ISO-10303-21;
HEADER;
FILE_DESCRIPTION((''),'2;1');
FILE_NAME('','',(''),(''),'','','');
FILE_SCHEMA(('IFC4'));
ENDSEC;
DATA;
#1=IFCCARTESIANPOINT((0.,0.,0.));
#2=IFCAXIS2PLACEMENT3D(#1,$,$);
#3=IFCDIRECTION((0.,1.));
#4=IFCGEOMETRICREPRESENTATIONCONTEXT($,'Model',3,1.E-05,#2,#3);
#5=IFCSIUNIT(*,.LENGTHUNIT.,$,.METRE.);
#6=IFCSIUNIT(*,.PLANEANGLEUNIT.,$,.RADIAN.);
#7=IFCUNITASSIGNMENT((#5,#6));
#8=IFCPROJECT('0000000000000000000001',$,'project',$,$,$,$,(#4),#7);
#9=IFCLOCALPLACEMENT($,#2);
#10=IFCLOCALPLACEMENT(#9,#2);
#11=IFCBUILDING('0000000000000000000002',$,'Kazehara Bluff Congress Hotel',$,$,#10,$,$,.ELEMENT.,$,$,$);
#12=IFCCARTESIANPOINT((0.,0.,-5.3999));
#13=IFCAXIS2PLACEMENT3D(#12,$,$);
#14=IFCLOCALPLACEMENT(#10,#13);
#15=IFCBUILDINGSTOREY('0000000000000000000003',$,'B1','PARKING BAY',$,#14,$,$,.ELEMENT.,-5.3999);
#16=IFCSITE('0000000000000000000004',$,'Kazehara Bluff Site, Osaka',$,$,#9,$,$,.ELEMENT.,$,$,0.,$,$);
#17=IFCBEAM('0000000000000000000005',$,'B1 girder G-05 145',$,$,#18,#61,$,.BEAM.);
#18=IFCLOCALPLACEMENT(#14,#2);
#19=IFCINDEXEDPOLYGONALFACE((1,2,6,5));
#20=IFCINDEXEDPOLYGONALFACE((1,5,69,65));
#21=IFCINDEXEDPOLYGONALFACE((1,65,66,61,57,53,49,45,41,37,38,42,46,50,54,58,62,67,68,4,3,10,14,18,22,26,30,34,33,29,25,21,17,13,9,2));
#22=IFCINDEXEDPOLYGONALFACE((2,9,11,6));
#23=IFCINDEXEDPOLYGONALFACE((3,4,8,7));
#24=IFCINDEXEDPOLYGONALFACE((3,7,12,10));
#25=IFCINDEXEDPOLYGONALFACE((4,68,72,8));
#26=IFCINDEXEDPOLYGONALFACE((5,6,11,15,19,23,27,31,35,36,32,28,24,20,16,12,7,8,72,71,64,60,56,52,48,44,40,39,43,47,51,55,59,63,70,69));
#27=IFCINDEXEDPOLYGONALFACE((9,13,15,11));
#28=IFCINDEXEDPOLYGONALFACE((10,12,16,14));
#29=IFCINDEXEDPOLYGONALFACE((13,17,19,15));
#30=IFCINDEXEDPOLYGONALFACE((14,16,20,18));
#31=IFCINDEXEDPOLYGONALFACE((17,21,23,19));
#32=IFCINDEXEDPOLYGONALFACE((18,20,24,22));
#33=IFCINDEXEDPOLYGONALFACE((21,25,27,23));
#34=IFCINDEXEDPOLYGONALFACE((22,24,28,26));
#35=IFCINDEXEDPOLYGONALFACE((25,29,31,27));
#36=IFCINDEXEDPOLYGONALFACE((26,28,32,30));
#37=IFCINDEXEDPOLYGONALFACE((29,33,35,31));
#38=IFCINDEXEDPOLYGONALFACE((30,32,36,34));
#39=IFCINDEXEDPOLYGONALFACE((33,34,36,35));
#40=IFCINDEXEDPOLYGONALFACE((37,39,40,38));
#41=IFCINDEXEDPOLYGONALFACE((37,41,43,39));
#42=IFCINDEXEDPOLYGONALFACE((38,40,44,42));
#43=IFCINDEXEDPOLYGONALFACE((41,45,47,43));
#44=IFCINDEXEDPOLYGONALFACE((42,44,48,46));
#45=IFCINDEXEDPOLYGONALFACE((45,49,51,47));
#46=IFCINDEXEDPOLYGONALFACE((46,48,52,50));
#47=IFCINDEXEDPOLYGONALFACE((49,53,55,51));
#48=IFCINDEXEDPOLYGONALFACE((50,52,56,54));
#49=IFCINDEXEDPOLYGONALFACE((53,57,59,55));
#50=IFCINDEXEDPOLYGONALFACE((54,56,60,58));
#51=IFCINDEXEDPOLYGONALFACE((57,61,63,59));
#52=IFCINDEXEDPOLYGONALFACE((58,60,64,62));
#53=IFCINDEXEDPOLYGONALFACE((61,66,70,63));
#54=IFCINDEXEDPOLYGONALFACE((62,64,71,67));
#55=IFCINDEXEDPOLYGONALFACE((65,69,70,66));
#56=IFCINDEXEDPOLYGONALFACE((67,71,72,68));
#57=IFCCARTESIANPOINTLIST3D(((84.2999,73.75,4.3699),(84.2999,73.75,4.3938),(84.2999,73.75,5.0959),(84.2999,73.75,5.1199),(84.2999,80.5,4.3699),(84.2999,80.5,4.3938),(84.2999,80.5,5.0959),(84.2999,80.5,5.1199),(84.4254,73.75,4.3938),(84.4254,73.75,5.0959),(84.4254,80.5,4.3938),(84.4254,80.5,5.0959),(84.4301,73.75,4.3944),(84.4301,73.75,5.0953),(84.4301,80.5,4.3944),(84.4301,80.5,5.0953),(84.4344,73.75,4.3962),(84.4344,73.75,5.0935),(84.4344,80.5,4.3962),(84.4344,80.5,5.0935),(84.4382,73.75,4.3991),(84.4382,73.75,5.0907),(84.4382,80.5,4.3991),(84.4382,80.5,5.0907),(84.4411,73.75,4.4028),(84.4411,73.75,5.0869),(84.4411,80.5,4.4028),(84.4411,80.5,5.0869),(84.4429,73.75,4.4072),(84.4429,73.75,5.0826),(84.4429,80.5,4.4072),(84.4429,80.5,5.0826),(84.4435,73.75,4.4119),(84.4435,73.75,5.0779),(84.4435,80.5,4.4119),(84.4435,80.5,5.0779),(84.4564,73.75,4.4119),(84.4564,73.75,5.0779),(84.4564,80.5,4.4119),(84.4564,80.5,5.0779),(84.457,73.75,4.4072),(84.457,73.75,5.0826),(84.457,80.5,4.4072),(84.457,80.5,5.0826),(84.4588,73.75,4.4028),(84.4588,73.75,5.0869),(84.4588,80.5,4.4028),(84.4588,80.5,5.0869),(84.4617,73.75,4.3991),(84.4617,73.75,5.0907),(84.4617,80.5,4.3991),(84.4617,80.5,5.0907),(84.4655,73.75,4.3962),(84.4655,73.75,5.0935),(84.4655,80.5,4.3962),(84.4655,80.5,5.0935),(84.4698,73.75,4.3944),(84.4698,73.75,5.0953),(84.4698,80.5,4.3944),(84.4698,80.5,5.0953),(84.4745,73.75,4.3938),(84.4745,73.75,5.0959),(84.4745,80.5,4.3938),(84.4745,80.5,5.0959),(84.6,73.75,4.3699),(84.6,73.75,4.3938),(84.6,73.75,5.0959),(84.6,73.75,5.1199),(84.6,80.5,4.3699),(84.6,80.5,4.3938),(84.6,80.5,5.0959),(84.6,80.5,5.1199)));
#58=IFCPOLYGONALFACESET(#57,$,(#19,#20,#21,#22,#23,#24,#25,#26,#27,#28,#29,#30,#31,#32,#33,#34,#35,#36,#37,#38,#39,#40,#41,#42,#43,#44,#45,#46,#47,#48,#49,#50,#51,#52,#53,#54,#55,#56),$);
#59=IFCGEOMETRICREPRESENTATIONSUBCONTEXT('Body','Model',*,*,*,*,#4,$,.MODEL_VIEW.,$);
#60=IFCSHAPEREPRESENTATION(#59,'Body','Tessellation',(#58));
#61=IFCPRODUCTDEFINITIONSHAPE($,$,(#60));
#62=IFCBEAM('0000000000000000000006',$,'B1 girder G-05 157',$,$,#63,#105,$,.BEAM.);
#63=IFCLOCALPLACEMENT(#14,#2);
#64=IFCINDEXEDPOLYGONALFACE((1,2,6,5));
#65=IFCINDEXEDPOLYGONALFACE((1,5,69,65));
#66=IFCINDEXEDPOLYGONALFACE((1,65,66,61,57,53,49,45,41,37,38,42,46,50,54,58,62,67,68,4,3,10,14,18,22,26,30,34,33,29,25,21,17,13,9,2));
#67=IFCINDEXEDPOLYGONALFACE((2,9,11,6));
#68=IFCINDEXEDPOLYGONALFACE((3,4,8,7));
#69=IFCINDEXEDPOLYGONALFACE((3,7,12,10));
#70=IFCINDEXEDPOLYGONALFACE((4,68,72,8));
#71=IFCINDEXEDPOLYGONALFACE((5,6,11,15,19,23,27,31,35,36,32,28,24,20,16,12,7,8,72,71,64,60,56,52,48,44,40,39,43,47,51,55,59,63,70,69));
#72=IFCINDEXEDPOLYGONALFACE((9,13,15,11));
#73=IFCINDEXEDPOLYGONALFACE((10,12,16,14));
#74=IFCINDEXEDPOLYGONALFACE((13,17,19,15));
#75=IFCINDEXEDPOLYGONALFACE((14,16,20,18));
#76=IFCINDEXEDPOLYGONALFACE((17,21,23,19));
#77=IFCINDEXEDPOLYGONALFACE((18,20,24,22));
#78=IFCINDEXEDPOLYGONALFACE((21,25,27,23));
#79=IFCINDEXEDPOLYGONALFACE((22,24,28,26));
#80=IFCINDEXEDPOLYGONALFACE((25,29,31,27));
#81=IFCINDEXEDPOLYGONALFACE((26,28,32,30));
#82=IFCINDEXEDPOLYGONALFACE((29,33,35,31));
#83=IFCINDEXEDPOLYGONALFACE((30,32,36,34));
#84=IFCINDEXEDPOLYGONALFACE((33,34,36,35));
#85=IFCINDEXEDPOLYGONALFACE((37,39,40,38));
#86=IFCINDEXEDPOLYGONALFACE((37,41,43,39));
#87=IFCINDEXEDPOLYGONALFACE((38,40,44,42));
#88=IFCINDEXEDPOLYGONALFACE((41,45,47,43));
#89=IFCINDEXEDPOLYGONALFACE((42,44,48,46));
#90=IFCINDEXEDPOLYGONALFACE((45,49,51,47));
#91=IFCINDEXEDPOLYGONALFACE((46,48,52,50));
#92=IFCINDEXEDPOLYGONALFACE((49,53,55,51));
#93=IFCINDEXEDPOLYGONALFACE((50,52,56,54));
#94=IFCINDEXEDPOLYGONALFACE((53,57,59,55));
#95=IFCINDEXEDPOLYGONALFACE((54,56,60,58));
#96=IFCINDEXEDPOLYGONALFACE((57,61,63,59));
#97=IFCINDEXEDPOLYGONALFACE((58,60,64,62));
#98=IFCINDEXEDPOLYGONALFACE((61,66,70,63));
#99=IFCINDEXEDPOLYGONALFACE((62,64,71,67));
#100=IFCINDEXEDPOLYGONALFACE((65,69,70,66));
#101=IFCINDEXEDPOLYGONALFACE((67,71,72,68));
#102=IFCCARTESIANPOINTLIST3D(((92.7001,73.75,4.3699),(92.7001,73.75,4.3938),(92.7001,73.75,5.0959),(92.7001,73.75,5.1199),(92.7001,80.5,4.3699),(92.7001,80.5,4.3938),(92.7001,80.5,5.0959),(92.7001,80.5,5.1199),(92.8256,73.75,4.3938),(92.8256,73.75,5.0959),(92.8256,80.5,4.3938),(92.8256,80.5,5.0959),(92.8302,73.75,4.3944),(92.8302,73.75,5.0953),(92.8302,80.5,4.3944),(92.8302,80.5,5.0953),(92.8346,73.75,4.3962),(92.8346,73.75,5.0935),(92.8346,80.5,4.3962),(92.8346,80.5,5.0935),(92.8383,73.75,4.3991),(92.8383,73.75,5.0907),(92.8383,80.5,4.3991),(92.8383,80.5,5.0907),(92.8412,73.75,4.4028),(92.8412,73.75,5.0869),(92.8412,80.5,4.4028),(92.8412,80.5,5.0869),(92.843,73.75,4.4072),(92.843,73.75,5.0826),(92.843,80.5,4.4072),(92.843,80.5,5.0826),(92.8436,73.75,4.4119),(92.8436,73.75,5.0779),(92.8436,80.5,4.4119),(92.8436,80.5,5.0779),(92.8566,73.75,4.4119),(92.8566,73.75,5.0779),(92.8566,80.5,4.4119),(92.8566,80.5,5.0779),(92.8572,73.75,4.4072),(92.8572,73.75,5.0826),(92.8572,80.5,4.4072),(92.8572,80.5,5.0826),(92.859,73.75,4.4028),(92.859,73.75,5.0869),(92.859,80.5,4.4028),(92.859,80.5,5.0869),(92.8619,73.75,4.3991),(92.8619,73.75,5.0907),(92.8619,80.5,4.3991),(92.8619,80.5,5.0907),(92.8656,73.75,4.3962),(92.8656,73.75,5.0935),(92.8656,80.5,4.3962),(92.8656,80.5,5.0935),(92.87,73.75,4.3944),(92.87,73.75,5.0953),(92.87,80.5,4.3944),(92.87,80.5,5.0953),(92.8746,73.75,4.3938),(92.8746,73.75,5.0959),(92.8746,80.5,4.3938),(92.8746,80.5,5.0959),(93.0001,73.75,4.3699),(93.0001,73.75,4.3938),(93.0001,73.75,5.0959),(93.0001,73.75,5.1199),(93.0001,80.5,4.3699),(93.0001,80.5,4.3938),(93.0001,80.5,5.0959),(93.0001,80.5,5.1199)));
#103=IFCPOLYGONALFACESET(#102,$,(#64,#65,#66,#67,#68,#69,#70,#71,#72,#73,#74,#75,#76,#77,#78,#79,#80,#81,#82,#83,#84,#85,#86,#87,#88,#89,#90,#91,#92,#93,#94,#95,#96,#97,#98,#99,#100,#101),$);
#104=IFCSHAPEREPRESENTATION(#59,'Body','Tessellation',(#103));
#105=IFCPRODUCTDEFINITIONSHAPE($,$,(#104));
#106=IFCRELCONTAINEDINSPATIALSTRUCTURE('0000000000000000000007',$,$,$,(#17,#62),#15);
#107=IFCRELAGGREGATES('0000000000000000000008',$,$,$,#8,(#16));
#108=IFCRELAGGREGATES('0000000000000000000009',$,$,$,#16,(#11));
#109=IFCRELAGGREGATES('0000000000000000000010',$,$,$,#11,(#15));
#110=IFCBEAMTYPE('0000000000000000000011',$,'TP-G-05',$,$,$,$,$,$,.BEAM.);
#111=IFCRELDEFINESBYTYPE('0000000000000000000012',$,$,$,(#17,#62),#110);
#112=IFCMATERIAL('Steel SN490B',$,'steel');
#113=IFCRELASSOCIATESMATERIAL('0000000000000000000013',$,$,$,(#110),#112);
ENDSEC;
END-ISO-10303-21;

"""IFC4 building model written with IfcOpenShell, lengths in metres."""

from ifc_helpers import new_model, si_unit, direction, frame, origin, origin_2d, place, context, subcontext, project, spatial, i_section, extrude, material, material_profile, profile_set, type_object, element, save


model = new_model("IFC4")

# Units and contexts
model_context = context("Model", 3, precision=1e-05, world=origin(), true_north=direction((0.0, 1.0)))
body_context = subcontext(model_context, "Body", "Model", "MODEL_VIEW")
ifc_project = project(units=[si_unit("LENGTHUNIT", "METRE"), si_unit("PLANEANGLEUNIT", "RADIAN")], contexts=[model_context])

# Site, building, storey
site_placement = place(None, origin())
site = spatial("IfcSite", under=ifc_project, at=site_placement, Name="Kazehara Bluff Site, Osaka", CompositionType="ELEMENT", RefElevation=0.0)
building_placement = place(site_placement, origin())
building = spatial("IfcBuilding", under=site, at=building_placement, Name="Kazehara Bluff Congress Hotel", CompositionType="ELEMENT")
storey_placement = place(building_placement, frame((0.0, 0.0, -5.3999)))
storey = spatial("IfcBuildingStorey", under=building, at=storey_placement, Name="B1", Description="PARKING BAY", CompositionType="ELEMENT", Elevation=-5.3999)

# Beams
ifc_material_1 = material(Name="Steel SN490B", Category="steel")
ifc_material_profile_1 = material_profile(ifc_material_1, i_section(OverallWidth=0.3, OverallDepth=0.75, WebThickness=0.0129, FlangeThickness=0.0239, FilletRadius=0.0181, at=origin_2d()))
ifc_profile_set_1 = profile_set([ifc_material_profile_1], Name="Steel SN490B")
beam_type_1 = type_object("IfcBeamType", Name="TP-G-05", PredefinedType="BEAM", material=ifc_profile_set_1)
for number, where, z_axis, x_axis, name in (
    (1, (84.45, 73.75, 4.7449), (0.0, 1.0, 0.0), (-1.0, 0.0, 0.0), "B1 girder G-05 145"),
    (2, (92.8501, 73.75, 4.7449), (0.0, 1.0, 0.0), (-1.0, 0.0, 0.0), "B1 girder G-05 157"),
):
    element("IfcBeam", number, at=place(storey_placement, frame(where, z_axis=z_axis, x_axis=x_axis)), inside=storey, type_object=beam_type_1, Name=name, PredefinedType="BEAM", context=body_context, shape_type="SweptSolid", body=[
        extrude(i_section(OverallWidth=0.3, OverallDepth=0.75, WebThickness=0.0129, FlangeThickness=0.0239, FilletRadius=0.0181, at=origin_2d()), origin(), (0.0, 0.0, 1.0), 6.75),
    ])

save(model, "model.ifc")
